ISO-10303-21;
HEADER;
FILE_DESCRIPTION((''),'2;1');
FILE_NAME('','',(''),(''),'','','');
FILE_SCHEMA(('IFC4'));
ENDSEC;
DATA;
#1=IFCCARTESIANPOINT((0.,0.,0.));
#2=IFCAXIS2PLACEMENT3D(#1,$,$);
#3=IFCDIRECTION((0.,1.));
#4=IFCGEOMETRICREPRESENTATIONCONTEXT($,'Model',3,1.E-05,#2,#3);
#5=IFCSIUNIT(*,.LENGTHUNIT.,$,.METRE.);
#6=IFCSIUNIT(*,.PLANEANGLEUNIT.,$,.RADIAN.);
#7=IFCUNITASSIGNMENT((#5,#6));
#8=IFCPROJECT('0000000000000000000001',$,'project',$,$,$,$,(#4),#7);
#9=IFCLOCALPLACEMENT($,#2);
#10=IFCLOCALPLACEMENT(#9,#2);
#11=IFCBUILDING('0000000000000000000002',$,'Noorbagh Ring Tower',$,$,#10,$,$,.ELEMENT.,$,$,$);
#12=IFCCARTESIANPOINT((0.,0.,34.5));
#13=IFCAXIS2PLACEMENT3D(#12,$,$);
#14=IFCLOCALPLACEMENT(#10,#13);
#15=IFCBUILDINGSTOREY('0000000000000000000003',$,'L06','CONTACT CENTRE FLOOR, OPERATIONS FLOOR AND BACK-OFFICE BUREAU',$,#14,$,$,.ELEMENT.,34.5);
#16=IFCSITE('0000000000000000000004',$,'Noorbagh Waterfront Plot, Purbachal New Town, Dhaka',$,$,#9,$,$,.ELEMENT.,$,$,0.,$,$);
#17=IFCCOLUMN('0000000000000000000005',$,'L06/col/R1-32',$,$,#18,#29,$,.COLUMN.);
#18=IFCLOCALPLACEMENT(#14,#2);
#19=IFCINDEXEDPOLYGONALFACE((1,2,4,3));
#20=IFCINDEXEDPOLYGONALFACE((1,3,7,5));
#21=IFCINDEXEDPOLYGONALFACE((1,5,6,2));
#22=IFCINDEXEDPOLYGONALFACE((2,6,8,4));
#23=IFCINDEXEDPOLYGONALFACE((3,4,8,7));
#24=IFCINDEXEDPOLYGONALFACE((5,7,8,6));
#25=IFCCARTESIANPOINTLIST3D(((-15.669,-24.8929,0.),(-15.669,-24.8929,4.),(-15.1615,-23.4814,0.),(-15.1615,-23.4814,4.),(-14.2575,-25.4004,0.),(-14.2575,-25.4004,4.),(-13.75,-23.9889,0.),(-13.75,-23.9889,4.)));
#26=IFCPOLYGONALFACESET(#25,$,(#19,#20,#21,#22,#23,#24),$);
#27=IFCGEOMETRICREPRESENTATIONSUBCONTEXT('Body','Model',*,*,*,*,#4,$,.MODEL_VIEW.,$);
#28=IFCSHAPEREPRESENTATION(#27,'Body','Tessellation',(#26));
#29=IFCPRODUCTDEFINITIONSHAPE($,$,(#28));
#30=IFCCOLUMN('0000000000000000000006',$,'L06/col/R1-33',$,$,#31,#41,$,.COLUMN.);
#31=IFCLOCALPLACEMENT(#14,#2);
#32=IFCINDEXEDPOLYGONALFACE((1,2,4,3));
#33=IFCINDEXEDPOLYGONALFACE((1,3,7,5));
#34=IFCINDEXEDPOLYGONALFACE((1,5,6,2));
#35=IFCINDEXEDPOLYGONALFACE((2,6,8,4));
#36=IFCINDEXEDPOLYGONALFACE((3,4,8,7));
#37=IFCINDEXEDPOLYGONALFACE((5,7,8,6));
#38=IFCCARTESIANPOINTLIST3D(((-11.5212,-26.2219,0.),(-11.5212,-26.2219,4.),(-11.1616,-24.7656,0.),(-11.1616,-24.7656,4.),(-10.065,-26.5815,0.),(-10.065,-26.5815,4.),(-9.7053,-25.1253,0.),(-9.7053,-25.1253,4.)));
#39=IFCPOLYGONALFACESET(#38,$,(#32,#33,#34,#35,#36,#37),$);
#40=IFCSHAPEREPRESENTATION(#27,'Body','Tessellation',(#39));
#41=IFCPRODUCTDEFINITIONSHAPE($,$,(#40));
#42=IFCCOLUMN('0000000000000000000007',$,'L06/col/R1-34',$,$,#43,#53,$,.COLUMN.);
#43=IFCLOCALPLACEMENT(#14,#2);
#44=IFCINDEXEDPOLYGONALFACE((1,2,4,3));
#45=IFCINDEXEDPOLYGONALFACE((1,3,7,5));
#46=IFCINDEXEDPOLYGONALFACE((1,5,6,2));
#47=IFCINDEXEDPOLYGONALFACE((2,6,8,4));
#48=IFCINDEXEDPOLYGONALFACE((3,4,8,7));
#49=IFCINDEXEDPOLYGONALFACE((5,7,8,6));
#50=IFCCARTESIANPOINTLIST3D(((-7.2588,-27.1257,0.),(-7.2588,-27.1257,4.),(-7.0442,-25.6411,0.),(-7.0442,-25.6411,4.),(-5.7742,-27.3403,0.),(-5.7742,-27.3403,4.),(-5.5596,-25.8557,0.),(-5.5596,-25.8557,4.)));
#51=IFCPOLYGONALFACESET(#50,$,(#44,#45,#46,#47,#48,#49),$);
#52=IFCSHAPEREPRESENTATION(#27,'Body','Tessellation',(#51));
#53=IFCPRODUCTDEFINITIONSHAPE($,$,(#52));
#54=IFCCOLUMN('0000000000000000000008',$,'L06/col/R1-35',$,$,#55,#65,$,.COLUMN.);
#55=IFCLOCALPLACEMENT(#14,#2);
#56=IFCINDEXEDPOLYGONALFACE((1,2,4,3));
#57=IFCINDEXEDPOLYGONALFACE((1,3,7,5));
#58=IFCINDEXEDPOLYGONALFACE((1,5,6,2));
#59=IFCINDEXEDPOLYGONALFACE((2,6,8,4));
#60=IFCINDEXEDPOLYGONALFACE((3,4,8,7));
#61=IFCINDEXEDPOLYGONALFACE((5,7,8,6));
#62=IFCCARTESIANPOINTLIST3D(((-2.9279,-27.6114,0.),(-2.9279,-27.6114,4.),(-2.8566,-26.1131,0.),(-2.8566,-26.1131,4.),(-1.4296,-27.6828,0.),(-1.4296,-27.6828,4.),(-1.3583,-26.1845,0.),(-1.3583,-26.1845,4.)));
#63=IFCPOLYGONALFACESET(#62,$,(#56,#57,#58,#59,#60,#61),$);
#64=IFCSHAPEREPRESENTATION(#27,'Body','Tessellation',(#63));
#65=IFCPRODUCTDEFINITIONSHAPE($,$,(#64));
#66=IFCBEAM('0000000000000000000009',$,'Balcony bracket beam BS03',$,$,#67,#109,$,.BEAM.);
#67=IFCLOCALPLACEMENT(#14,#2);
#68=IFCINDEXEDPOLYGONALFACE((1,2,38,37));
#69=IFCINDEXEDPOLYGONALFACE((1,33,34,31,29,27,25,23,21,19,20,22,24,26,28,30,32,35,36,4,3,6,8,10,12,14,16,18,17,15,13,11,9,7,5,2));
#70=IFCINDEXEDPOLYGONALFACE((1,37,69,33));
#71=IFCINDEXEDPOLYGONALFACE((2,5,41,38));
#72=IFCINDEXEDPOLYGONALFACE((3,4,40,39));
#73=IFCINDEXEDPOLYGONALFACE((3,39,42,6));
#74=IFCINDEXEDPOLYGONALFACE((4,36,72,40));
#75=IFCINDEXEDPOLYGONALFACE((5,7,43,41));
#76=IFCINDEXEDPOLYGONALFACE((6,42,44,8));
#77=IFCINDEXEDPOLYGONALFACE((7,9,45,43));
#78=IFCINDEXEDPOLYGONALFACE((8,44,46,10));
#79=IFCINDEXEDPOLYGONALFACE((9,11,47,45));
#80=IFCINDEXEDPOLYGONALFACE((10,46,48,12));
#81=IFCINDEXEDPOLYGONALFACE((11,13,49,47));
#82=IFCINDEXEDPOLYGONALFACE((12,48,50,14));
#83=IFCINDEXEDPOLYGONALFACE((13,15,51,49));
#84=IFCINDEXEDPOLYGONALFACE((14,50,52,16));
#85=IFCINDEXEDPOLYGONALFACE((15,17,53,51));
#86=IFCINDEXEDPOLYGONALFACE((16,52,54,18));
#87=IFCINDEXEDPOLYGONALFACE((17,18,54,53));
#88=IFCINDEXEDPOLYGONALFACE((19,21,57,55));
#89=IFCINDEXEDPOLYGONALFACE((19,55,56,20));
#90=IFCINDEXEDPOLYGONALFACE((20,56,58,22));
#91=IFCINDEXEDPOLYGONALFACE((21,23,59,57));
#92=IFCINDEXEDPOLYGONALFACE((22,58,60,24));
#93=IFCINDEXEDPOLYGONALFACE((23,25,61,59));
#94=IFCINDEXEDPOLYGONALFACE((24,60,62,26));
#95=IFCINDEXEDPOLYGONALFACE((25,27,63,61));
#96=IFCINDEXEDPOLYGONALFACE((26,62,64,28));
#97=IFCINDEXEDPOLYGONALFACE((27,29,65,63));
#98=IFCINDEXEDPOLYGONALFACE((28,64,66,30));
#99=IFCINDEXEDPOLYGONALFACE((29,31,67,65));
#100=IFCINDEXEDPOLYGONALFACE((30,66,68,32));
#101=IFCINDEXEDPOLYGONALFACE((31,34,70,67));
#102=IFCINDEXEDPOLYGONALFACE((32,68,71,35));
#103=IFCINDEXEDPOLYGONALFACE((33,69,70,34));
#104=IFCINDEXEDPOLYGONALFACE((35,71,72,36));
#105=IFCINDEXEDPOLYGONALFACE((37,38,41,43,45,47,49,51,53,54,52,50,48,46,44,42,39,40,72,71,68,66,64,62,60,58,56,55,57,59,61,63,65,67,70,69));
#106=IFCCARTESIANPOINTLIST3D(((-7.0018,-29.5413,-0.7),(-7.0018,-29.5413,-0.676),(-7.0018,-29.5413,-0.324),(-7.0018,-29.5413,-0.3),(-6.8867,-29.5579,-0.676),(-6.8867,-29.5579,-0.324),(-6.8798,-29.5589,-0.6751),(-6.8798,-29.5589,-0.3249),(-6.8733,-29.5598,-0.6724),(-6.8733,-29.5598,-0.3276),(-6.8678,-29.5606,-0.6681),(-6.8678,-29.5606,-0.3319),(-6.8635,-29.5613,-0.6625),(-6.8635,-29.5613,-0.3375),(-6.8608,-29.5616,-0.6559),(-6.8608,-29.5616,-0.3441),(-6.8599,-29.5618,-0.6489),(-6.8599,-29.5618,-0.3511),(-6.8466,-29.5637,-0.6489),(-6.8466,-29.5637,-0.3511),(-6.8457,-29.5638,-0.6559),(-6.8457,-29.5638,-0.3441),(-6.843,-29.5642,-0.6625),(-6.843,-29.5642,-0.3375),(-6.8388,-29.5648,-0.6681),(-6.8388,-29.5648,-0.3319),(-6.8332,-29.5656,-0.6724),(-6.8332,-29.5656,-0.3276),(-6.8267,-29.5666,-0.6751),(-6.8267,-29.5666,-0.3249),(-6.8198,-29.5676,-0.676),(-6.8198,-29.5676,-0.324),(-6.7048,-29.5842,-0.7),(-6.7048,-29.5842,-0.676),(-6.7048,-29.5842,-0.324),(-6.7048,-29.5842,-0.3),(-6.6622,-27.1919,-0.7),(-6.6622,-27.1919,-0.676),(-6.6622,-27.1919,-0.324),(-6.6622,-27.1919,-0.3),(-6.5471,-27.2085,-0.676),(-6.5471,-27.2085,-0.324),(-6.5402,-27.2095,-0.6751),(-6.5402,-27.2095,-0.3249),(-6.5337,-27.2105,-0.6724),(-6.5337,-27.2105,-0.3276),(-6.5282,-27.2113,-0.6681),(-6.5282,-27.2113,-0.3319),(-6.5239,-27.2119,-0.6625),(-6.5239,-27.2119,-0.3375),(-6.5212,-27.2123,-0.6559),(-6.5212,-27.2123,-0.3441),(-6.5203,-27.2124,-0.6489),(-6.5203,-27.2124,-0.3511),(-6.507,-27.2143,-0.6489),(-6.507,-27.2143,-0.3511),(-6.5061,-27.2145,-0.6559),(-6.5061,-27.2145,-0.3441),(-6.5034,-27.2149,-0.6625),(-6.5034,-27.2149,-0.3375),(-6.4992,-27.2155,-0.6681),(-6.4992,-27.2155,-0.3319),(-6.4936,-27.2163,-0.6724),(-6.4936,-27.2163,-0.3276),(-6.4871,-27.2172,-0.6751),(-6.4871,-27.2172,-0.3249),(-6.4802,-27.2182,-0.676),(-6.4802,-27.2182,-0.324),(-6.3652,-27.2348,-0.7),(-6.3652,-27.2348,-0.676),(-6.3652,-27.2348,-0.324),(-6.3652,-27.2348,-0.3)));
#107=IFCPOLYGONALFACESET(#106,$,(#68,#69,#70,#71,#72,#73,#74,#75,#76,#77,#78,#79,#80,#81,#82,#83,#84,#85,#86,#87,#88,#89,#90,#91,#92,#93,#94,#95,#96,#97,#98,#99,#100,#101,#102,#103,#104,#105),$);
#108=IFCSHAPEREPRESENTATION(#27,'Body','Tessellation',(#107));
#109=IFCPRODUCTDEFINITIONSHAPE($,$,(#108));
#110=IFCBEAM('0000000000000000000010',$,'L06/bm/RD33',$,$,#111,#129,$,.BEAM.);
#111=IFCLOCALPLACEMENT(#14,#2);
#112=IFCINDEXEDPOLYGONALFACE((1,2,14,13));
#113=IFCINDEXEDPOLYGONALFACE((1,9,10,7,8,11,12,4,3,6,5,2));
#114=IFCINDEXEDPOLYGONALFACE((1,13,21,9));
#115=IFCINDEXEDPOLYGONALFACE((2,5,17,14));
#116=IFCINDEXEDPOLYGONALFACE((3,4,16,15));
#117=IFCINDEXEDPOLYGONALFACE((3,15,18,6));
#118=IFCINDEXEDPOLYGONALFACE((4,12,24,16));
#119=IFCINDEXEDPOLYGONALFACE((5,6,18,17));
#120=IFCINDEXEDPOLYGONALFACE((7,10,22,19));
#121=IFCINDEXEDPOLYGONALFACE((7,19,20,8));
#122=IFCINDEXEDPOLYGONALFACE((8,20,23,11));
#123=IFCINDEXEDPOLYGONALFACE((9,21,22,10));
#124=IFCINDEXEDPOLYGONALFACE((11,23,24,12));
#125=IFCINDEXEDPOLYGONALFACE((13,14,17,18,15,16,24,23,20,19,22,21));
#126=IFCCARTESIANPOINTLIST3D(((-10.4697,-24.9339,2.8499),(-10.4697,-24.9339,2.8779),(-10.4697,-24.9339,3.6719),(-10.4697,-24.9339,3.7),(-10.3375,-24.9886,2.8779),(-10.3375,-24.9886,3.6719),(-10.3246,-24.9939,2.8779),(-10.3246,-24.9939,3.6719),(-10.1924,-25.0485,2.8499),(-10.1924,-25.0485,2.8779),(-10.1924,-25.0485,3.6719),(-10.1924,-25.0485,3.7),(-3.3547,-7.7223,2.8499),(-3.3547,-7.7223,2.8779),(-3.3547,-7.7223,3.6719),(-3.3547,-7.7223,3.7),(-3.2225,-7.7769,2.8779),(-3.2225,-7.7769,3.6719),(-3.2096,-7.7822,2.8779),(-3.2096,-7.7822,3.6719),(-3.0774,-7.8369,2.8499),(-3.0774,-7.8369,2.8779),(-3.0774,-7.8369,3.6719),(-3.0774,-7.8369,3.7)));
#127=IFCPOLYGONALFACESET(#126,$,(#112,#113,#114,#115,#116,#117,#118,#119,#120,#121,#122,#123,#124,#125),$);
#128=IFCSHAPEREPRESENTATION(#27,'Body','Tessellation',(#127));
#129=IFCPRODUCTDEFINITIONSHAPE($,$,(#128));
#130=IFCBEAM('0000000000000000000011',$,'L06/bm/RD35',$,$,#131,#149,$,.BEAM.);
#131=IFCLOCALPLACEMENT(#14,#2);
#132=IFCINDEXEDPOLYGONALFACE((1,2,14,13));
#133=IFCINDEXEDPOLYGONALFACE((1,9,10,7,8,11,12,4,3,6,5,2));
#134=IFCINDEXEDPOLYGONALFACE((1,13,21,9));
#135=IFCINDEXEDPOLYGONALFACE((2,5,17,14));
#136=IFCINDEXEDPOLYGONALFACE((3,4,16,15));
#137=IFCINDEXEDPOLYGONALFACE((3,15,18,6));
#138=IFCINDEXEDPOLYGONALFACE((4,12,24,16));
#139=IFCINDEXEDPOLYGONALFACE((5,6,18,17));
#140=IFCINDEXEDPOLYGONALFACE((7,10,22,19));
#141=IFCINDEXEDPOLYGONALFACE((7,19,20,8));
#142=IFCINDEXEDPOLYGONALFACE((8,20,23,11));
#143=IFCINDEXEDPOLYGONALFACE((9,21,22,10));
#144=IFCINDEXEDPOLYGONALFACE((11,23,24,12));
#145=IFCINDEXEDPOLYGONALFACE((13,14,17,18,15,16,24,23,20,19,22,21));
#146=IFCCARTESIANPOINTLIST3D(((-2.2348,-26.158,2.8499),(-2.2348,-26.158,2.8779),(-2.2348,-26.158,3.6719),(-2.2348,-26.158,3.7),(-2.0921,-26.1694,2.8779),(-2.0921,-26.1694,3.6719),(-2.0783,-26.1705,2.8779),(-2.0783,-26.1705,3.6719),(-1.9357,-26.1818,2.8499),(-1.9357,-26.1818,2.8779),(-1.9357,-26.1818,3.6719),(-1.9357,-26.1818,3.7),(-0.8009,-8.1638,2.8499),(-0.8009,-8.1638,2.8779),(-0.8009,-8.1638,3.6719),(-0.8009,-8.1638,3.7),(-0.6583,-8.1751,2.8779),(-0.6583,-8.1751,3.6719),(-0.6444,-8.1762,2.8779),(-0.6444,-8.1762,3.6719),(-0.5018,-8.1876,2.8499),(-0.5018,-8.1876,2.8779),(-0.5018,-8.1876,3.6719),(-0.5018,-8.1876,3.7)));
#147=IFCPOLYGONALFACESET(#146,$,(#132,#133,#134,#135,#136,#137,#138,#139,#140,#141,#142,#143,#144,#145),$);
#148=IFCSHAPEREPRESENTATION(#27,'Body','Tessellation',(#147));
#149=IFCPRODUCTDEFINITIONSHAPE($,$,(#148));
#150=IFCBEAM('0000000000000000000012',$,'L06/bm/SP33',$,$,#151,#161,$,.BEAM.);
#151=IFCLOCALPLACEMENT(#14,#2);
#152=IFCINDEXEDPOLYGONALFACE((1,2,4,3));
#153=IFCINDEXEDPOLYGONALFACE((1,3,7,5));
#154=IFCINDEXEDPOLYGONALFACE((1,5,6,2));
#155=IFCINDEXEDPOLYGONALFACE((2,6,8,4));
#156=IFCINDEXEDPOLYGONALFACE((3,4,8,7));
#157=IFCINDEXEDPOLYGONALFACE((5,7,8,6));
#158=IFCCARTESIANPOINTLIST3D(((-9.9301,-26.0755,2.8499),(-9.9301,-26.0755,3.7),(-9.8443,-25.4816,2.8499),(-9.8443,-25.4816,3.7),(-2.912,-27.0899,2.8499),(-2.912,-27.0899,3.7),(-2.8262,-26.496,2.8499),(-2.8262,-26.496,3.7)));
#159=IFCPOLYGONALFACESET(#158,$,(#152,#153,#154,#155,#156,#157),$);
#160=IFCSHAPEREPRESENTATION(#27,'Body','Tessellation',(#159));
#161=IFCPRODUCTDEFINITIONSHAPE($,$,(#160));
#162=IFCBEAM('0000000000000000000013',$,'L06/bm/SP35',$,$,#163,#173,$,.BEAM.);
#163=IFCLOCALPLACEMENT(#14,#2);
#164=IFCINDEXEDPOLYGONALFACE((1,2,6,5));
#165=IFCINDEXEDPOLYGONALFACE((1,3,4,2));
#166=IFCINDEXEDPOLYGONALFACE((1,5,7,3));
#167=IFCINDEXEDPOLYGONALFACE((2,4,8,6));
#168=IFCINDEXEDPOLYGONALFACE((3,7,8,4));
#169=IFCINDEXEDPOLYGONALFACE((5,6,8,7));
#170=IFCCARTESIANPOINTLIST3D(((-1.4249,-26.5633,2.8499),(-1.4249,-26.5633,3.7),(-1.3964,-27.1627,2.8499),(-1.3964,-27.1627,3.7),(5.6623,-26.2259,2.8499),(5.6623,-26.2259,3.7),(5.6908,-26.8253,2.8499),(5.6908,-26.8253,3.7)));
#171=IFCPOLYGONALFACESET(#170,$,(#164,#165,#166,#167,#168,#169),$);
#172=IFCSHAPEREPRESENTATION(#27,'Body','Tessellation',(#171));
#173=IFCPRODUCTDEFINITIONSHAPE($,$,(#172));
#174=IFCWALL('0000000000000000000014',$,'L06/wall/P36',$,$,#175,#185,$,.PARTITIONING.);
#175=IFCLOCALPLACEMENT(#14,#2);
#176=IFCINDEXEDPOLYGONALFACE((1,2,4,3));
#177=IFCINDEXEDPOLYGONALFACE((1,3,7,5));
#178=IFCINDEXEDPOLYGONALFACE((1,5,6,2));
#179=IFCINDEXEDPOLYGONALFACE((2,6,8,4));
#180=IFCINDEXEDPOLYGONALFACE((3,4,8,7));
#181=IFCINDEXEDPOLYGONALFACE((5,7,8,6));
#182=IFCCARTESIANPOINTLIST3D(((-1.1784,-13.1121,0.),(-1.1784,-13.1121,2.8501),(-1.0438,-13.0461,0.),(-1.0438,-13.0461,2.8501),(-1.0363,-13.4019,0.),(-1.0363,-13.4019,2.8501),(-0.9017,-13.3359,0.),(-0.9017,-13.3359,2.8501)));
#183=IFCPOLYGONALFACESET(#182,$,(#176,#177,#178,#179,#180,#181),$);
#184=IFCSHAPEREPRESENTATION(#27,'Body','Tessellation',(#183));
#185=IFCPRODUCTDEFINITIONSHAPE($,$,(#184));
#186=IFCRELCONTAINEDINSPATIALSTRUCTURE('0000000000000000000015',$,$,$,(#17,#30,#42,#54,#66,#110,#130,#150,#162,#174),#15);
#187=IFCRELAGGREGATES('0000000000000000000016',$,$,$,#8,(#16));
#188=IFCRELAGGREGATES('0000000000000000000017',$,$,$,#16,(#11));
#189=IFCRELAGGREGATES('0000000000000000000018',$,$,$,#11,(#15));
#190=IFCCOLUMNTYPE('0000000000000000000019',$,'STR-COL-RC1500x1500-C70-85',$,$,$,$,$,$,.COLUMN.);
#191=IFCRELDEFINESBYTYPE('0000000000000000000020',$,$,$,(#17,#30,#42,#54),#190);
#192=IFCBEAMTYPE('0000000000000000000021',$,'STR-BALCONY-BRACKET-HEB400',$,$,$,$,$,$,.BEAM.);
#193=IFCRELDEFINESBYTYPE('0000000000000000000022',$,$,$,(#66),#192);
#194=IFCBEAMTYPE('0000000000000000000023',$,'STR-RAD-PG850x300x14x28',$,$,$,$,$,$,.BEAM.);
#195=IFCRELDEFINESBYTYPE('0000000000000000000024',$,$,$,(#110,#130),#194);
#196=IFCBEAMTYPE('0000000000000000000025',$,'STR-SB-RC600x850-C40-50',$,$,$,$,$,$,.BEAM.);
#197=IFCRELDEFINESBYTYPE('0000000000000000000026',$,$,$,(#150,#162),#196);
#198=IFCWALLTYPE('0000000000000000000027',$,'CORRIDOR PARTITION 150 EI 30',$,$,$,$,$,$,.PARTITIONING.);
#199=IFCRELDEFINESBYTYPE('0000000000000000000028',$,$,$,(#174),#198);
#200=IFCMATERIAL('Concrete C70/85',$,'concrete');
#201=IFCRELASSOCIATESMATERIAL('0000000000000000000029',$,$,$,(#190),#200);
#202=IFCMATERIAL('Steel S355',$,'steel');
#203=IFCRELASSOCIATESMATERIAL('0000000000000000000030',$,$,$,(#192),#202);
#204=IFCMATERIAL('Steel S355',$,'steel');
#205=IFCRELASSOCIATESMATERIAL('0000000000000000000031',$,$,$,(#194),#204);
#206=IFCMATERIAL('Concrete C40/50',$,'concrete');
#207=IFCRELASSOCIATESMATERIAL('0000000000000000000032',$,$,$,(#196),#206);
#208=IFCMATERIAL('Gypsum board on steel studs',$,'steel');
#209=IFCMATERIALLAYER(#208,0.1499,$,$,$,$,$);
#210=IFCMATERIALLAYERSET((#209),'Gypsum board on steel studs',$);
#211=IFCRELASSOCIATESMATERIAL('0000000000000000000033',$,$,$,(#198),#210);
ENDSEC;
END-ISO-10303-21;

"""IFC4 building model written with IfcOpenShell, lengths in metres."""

from ifc_helpers import new_model, si_unit, direction, frame, frame_2d, origin, origin_2d, place, context, subcontext, project, spatial, rectangle, i_section, extrude, material, layer, layer_set, material_profile, profile_set, type_object, element, save


model = new_model("IFC4")

# Units and contexts
model_context = context("Model", 3, precision=1e-05, world=origin(), true_north=direction((0.0, 1.0)))
body_context = subcontext(model_context, "Body", "Model", "MODEL_VIEW")
ifc_project = project(units=[si_unit("LENGTHUNIT", "METRE"), si_unit("PLANEANGLEUNIT", "RADIAN")], contexts=[model_context])

# Site, building, storey
site_placement = place(None, origin())
site = spatial("IfcSite", under=ifc_project, at=site_placement, Name="Noorbagh Waterfront Plot, Purbachal New Town, Dhaka", CompositionType="ELEMENT", RefElevation=0.0)
building_placement = place(site_placement, origin())
building = spatial("IfcBuilding", under=site, at=building_placement, Name="Noorbagh Ring Tower", CompositionType="ELEMENT")
storey_placement = place(building_placement, frame((0.0, 0.0, 34.5)))
storey = spatial("IfcBuildingStorey", under=building, at=storey_placement, Name="L06", Description="CONTACT CENTRE FLOOR, OPERATIONS FLOOR AND BACK-OFFICE BUREAU", CompositionType="ELEMENT", Elevation=34.5)

# Columns
ifc_material_1 = material(Name="Concrete C70/85", Category="concrete")
ifc_material_profile_1 = material_profile(ifc_material_1, rectangle(XDim=1.5, YDim=1.5, at=origin_2d()), Name="RC1500x1500")
ifc_profile_set_1 = profile_set([ifc_material_profile_1], Name="Concrete C70/85")
column_type = type_object("IfcColumnType", Name="STR-COL-RC1500x1500-C70-85", PredefinedType="COLUMN", material=ifc_profile_set_1)
for number, where, z_axis, x_axis, name in (
    (1, (-14.7095, -24.4409, 0.0), (0.0, 0.0, 1.0), (0.941025, -0.338338, 0.0), "L06/col/R1-32"),
    (2, (-10.6133, -25.6736, 0.0), (0.0, 0.0, 1.0), (0.970829, -0.239771, 0.0), "L06/col/R1-33"),
    (3, (-6.4092, -26.4907, 0.0), (0.0, 0.0, 1.0), (0.989713, -0.143066, 0.0), "L06/col/R1-34"),
    (4, (-2.1431, -26.8979, 0.0), (0.0, 0.0, 1.0), (0.998869, -0.047553, 0.0), "L06/col/R1-35"),
):
    element("IfcColumn", number, at=place(storey_placement, frame(where, z_axis=z_axis, x_axis=x_axis)), inside=storey, type_object=column_type, Name=name, PredefinedType="COLUMN", context=body_context, shape_type="SweptSolid", body=[
        extrude(rectangle(XDim=1.5, YDim=1.5, at=origin_2d()), origin(), (0.0, 0.0, 1.0), 4.0),
    ])

# Beams
ifc_material_2 = material(Name="Steel S355", Category="steel")
ifc_material_profile_2 = material_profile(ifc_material_2, i_section(OverallWidth=0.3, OverallDepth=0.3999, WebThickness=0.0134, FlangeThickness=0.0239, FilletRadius=0.0271, at=origin_2d()), Name="HEB400")
ifc_profile_set_2 = profile_set([ifc_material_profile_2], Name="Steel S355")
beam_type_1 = type_object("IfcBeamType", Name="STR-BALCONY-BRACKET-HEB400", PredefinedType="BEAM", material=ifc_profile_set_2)
beam_1_placement = place(storey_placement, frame((-6.5137, -27.2134, -0.5), z_axis=(-0.143063, -0.989714, 0.0), x_axis=(0.989714, -0.143063, 0.0)))
element("IfcBeam", 5, at=beam_1_placement, inside=storey, type_object=beam_type_1, Name="Balcony bracket beam BS03", PredefinedType="BEAM", context=body_context, shape_type="SweptSolid", body=[
    extrude(i_section(OverallWidth=0.3, OverallDepth=0.3999, WebThickness=0.0134, FlangeThickness=0.0239, FilletRadius=0.0271, at=origin_2d()), origin(), (0.0, 0.0, 1.0), 2.3738),
])
ifc_material_3 = material(Name="Steel S355", Category="steel")
ifc_material_profile_3 = material_profile(ifc_material_3, i_section(OverallWidth=0.3, OverallDepth=0.8501, WebThickness=0.0139, FlangeThickness=0.0281, at=origin_2d()), Name="PG850x300x14x28")
ifc_profile_set_3 = profile_set([ifc_material_profile_3], Name="Steel S355")
beam_type_2 = type_object("IfcBeamType", Name="STR-RAD-PG850x300x14x28", PredefinedType="BEAM", material=ifc_profile_set_3)
beam_2_placement = place(storey_placement, frame((-10.3311, -24.9912, 3.2749), z_axis=(0.382027, 0.924151, 0.0), x_axis=(-0.924151, 0.382027, 0.0)))
element("IfcBeam", 6, at=beam_2_placement, inside=storey, type_object=beam_type_2, Name="L06/bm/RD33", PredefinedType="BEAM", context=body_context, shape_type="SweptSolid", body=[
    extrude(i_section(OverallWidth=0.3, OverallDepth=0.8501, WebThickness=0.0139, FlangeThickness=0.0281, at=origin_2d()), origin(), (0.0, 0.0, 1.0), 18.6243),
])
beam_3_placement = place(storey_placement, frame((-2.0852, -26.1699, 3.2749), z_axis=(0.079432, 0.99684, 0.0), x_axis=(-0.99684, 0.079432, 0.0)))
element("IfcBeam", 7, at=beam_3_placement, inside=storey, type_object=beam_type_2, Name="L06/bm/RD35", PredefinedType="BEAM", context=body_context, shape_type="SweptSolid", body=[
    extrude(i_section(OverallWidth=0.3, OverallDepth=0.8501, WebThickness=0.0139, FlangeThickness=0.0281, at=origin_2d()), origin(), (0.0, 0.0, 1.0), 18.0513),
])
ifc_material_4 = material(Name="Concrete C40/50", Category="concrete")
ifc_material_profile_4 = material_profile(ifc_material_4, rectangle(XDim=0.6001, YDim=0.8501, at=origin_2d()), Name="RC600x850")
ifc_profile_set_4 = profile_set([ifc_material_profile_4], Name="Concrete C40/50")
beam_type_3 = type_object("IfcBeamType", Name="STR-SB-RC600x850-C40-50", PredefinedType="BEAM", material=ifc_profile_set_4)
beam_4_placement = place(storey_placement, frame((-9.8872, -25.7786, 3.2749), z_axis=(0.989715, -0.143055, 0.0), x_axis=(0.143055, 0.989715, 0.0)))
element("IfcBeam", 8, at=beam_4_placement, inside=storey, type_object=beam_type_3, Name="L06/bm/SP33", PredefinedType="BEAM", context=body_context, shape_type="SweptSolid", body=[
    extrude(rectangle(XDim=0.6001, YDim=0.8501, at=origin_2d()), origin(), (0.0, 0.0, 1.0), 7.0911),
])
beam_5_placement = place(storey_placement, frame((-1.4106, -26.863, 3.2749), z_axis=(0.998869, 0.047554, 0.0), x_axis=(-0.047554, 0.998869, 0.0)))
element("IfcBeam", 9, at=beam_5_placement, inside=storey, type_object=beam_type_3, Name="L06/bm/SP35", PredefinedType="BEAM", context=body_context, shape_type="SweptSolid", body=[
    extrude(rectangle(XDim=0.6001, YDim=0.8501, at=origin_2d()), origin(), (0.0, 0.0, 1.0), 7.0952),
])

# Wall
ifc_material_5 = material(Name="Gypsum board on steel studs", Category="steel")
ifc_layer_1 = layer(ifc_material_5, 0.1499)
ifc_layer_set_1 = layer_set([ifc_layer_1], Name="Gypsum board on steel studs")
wall_type_1 = type_object("IfcWallType", Name="CORRIDOR PARTITION 150 EI 30", PredefinedType="PARTITIONING", material=ifc_layer_set_1)
wall_1_placement = place(storey_placement, frame((-1.1111, -13.0791, 0.0), z_axis=(0.0, 0.0, 1.0), x_axis=(0.440241, -0.89788, 0.0)))
element("IfcWall", 10, at=wall_1_placement, inside=storey, type_object=wall_type_1, Name="L06/wall/P36", PredefinedType="PARTITIONING", context=body_context, shape_type="SweptSolid", body=[
    extrude(rectangle(XDim=0.3228, YDim=0.1499, at=frame_2d((0.1614, 0.0))), origin(), (0.0, 0.0, 1.0), 2.8501),
])

save(model, "model.ifc")
